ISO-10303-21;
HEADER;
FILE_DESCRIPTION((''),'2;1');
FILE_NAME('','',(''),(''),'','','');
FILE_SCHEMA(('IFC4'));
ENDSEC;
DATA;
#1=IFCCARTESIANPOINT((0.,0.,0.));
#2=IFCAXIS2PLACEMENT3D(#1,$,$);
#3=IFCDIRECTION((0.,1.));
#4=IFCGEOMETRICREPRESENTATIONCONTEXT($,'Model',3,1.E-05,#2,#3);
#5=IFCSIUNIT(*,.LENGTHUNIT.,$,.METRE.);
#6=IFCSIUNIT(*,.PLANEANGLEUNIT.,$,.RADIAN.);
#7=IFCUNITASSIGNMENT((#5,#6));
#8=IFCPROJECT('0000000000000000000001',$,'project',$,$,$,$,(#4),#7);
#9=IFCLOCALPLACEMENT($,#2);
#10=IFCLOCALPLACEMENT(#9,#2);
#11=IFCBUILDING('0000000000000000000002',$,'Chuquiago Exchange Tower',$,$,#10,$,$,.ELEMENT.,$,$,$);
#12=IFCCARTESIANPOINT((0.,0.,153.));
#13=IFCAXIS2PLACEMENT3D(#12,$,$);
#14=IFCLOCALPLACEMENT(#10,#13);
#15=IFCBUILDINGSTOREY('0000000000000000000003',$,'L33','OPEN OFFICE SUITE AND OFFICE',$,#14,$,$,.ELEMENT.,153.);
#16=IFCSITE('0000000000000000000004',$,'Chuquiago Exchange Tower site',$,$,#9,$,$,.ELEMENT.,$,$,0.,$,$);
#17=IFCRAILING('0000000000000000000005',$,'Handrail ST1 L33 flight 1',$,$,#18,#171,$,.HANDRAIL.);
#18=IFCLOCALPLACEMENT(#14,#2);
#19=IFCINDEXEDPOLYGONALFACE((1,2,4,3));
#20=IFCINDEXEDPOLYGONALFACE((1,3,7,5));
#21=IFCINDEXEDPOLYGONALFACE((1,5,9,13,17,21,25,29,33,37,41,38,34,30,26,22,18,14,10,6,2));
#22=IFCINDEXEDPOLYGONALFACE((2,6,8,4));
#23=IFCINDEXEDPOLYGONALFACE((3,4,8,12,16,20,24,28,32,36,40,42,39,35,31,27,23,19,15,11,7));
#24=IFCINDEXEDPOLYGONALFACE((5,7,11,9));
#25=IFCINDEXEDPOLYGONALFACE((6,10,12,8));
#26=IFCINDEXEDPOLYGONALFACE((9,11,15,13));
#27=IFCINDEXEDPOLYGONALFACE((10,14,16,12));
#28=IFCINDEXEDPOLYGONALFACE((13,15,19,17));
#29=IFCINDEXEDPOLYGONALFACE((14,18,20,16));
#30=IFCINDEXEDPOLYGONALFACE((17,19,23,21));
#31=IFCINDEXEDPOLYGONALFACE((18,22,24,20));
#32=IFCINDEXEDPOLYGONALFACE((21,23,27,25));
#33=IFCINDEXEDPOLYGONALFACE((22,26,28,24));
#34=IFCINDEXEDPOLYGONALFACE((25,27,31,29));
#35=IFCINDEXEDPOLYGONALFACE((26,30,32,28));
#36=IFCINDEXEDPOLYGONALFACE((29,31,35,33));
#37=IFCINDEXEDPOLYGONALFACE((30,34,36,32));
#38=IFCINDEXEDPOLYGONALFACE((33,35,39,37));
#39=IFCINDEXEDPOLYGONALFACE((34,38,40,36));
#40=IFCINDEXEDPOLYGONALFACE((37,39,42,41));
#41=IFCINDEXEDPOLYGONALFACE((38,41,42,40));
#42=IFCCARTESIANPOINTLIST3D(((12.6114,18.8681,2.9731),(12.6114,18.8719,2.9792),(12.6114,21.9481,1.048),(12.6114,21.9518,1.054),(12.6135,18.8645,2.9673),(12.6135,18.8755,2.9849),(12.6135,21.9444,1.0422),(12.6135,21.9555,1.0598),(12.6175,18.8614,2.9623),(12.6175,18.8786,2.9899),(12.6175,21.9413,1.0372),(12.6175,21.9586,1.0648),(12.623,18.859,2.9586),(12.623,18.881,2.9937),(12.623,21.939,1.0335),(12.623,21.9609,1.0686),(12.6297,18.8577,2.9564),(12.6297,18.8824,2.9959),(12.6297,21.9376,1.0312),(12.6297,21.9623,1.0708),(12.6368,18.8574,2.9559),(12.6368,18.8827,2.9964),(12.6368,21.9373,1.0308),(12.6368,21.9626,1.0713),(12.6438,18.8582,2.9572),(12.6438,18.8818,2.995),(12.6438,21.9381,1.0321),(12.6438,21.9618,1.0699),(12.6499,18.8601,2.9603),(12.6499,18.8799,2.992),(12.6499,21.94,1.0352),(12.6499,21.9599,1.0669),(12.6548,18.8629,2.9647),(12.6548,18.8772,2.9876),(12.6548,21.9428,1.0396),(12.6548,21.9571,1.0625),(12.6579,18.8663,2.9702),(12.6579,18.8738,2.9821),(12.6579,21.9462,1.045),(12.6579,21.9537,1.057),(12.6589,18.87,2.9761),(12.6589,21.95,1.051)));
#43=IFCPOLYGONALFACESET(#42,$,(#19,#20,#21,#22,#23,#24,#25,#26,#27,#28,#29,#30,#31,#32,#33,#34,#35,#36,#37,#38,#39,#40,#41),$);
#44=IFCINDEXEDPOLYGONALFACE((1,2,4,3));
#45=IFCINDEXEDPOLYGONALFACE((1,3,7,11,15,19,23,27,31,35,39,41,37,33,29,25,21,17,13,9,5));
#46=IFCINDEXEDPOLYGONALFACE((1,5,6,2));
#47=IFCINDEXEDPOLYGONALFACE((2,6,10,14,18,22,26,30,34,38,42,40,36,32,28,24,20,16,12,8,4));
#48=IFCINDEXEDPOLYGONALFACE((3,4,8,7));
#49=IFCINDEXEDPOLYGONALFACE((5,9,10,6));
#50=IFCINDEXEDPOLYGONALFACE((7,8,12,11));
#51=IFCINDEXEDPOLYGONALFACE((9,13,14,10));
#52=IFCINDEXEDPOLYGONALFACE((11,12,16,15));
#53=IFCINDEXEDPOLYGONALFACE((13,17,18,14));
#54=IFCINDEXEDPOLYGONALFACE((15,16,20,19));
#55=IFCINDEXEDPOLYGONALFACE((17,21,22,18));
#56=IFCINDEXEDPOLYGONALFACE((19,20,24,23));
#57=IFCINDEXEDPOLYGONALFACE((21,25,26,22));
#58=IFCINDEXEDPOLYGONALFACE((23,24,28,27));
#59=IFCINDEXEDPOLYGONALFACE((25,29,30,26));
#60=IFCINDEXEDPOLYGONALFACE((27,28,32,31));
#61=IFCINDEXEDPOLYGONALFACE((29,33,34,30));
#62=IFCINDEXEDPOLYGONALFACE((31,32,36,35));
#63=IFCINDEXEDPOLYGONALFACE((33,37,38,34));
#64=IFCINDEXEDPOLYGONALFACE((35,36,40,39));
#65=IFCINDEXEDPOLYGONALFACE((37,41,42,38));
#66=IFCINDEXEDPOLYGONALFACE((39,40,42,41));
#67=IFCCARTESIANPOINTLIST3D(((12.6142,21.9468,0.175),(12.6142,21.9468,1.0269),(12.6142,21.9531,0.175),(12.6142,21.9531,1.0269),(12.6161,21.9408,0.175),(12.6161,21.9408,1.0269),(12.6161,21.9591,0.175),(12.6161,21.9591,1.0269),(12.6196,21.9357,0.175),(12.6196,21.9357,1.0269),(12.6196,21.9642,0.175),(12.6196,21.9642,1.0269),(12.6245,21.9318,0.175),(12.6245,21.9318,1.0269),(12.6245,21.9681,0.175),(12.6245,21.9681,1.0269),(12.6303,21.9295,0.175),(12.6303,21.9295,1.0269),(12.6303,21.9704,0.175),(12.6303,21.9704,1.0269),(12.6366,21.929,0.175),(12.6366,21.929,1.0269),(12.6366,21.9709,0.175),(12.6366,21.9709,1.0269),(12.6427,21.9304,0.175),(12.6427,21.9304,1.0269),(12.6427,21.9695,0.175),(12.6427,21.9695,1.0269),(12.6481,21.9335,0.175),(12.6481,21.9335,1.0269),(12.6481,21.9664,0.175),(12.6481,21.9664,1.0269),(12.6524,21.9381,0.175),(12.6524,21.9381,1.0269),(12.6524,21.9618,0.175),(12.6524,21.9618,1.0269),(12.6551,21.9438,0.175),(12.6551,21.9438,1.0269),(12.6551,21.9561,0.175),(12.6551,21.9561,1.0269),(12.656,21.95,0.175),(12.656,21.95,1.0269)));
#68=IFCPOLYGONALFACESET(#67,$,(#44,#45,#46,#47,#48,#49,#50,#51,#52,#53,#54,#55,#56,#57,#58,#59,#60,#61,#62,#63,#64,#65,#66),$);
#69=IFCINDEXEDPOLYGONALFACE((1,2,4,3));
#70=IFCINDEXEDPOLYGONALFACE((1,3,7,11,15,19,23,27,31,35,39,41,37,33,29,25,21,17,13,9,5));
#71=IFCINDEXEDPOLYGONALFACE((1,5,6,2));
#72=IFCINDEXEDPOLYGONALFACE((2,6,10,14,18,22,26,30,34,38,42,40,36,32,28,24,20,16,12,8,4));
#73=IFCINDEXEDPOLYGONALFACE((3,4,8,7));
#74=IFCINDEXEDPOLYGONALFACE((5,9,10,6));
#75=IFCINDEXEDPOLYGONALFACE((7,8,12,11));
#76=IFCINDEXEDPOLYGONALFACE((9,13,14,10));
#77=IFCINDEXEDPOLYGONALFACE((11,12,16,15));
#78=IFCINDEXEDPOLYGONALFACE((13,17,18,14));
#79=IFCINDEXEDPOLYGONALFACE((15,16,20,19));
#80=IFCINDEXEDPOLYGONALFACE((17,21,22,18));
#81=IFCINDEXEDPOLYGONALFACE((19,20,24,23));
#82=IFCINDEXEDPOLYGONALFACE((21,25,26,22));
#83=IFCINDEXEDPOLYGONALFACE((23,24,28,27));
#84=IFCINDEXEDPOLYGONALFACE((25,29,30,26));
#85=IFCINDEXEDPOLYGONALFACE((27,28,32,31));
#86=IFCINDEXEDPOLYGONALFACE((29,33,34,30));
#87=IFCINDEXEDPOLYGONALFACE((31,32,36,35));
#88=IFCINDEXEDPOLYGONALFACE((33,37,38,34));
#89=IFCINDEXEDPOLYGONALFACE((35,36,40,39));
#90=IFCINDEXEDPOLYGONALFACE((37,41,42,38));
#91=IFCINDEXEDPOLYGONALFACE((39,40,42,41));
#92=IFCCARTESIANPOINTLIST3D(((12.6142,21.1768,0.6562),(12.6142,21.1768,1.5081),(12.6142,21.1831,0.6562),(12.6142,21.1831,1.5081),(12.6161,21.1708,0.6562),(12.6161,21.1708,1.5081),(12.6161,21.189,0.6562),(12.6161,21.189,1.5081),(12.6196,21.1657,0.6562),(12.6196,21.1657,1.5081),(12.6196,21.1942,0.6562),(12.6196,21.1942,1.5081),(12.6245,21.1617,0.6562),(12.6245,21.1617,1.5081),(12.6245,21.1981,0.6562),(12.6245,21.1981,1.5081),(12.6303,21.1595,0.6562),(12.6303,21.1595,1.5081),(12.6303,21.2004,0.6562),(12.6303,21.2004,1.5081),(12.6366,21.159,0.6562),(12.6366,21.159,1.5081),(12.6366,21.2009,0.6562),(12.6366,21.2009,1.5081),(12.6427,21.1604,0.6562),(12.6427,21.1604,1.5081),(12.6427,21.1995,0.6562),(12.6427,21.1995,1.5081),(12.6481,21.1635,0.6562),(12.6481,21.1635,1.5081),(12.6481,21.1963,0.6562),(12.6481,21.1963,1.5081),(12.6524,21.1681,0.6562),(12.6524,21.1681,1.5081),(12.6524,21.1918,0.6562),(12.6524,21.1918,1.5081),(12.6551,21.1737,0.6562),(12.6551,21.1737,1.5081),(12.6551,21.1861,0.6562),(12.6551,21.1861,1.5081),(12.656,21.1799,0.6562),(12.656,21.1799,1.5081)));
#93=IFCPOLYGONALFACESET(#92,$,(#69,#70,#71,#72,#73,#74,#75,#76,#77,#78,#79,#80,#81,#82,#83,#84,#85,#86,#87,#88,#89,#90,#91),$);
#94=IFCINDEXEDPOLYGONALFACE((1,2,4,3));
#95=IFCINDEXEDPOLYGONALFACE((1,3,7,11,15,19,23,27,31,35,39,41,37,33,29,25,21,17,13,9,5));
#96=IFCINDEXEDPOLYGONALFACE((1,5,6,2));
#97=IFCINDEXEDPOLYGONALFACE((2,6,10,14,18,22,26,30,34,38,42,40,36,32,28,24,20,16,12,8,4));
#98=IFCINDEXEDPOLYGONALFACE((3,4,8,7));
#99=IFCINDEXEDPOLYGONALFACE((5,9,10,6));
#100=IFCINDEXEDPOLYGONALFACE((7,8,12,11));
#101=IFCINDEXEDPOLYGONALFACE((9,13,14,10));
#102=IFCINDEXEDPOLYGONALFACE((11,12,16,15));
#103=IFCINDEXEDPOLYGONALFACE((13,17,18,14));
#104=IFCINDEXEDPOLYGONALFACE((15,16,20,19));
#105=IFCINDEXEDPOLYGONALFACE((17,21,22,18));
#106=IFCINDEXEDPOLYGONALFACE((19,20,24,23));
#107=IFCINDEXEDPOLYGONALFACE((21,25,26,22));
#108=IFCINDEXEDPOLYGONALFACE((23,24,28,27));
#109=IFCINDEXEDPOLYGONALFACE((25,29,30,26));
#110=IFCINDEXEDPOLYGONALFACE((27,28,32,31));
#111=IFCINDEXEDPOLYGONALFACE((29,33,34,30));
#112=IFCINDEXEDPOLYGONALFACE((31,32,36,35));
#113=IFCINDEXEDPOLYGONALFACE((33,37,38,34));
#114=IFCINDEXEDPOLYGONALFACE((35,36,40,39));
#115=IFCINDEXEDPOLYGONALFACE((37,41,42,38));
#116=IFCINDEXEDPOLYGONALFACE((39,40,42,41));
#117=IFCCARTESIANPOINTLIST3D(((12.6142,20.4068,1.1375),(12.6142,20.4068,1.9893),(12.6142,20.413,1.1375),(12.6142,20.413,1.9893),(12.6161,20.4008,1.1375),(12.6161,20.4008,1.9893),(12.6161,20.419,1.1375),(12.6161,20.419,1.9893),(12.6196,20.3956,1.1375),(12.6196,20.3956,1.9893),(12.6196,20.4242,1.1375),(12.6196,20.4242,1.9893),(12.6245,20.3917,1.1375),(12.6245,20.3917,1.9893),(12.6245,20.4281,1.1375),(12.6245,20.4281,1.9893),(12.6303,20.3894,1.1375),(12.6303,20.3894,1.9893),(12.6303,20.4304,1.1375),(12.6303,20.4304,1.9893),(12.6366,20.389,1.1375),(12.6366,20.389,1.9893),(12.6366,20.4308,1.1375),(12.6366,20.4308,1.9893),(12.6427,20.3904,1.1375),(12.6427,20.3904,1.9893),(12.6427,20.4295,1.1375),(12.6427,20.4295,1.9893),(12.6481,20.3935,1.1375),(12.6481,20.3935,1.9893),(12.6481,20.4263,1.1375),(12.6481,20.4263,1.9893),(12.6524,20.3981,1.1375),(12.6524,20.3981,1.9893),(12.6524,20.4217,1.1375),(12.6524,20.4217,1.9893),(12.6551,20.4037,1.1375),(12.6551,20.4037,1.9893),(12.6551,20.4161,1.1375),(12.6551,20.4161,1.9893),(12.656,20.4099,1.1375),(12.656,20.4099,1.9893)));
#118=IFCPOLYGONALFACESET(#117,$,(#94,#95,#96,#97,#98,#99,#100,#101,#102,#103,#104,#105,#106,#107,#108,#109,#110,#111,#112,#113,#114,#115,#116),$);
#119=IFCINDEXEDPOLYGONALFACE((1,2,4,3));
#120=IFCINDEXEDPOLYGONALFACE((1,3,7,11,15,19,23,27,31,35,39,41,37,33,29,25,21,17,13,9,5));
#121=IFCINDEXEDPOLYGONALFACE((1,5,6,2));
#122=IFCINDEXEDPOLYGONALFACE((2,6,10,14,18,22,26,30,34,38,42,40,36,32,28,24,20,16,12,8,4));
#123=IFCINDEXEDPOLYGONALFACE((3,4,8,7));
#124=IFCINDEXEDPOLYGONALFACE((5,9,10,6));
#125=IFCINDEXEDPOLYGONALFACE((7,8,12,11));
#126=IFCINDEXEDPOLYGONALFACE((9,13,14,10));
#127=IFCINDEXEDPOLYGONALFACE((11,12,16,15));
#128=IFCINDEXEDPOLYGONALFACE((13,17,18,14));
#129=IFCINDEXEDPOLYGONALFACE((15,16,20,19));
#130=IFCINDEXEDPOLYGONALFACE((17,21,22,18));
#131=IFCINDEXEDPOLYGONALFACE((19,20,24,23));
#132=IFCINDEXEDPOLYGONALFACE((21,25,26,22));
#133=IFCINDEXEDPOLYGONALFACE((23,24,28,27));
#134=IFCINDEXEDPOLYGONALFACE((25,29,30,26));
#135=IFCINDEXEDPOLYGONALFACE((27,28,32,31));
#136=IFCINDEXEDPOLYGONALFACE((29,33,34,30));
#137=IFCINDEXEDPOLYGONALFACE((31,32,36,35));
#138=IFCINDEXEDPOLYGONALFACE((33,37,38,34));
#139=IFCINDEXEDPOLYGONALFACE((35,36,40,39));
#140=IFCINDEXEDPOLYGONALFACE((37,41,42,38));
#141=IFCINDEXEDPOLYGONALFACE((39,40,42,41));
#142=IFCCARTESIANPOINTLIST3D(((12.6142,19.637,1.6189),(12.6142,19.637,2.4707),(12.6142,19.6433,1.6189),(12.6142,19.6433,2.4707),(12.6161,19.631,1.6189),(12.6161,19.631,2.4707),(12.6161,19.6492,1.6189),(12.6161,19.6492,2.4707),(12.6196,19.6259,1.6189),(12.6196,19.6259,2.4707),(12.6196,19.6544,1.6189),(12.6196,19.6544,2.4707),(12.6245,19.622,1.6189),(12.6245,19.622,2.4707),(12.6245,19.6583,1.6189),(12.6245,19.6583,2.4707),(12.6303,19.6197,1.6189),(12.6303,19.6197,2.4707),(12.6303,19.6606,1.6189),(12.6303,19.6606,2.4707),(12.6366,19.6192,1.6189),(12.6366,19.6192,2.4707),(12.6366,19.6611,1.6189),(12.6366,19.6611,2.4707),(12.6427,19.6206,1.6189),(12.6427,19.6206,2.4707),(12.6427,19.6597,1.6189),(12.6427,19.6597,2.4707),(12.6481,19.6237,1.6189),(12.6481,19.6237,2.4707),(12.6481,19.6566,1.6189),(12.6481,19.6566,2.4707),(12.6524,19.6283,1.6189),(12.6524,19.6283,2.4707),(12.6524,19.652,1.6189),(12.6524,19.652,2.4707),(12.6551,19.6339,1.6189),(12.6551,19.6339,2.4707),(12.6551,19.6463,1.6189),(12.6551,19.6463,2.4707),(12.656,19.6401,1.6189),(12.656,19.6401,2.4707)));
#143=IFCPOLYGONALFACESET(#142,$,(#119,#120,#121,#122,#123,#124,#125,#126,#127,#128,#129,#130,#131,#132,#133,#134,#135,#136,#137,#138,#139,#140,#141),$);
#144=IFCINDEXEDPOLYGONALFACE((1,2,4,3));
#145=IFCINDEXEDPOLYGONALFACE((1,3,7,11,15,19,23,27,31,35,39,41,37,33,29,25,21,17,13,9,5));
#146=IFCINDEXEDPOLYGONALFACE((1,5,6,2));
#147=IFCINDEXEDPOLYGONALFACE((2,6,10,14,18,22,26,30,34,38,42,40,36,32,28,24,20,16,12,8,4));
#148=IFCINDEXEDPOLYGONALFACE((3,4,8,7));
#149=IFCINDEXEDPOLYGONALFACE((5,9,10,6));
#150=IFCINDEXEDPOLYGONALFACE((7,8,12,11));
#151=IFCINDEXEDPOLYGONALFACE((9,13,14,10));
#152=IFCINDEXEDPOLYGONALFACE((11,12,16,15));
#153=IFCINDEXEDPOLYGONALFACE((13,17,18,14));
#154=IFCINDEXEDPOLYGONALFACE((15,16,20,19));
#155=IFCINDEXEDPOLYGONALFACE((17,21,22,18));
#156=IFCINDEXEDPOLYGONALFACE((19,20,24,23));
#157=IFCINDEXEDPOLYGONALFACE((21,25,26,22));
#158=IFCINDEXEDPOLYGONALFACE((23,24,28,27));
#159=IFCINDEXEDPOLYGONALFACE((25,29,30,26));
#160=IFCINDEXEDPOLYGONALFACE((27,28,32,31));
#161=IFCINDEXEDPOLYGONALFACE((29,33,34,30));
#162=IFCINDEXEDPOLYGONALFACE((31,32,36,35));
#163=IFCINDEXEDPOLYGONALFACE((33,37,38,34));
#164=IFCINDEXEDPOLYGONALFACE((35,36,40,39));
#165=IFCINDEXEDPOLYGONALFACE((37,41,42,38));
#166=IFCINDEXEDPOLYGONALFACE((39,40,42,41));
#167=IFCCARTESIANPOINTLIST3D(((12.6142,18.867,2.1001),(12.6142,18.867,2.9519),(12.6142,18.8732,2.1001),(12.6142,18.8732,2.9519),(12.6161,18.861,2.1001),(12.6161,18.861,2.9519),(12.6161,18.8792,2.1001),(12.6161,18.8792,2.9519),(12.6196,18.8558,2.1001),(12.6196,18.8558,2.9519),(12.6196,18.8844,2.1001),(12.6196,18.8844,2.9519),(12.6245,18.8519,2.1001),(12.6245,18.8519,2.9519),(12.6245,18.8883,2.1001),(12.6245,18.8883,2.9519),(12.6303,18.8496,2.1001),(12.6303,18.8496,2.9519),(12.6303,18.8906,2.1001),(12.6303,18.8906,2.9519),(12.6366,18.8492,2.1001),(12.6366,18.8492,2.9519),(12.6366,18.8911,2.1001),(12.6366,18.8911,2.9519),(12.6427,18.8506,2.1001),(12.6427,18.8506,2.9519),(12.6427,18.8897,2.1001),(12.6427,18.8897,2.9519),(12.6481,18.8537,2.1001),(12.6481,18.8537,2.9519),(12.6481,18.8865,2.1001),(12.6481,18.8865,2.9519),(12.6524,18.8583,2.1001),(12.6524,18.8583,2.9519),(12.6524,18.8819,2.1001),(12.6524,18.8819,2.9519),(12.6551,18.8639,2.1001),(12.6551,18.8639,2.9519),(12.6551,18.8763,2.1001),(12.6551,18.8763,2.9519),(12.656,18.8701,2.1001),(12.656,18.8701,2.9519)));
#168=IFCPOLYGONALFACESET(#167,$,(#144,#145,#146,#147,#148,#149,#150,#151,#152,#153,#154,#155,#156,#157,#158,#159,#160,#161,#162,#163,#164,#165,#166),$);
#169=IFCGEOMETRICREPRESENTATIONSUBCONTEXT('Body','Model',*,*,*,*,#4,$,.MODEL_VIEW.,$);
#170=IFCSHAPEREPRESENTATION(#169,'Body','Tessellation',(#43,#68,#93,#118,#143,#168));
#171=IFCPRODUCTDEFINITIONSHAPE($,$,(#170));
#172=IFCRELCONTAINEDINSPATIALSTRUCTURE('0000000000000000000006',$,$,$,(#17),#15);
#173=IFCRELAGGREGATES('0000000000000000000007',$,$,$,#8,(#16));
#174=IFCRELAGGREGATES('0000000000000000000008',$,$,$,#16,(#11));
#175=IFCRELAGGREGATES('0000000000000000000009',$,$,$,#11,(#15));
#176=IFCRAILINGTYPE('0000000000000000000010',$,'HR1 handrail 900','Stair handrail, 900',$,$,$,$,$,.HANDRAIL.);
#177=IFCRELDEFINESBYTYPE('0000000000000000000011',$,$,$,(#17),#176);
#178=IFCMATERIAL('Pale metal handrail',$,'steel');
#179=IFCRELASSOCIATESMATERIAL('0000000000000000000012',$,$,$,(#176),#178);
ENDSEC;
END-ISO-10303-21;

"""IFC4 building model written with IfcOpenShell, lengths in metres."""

from ifc_helpers import new_model, si_unit, direction, frame, origin, origin_2d, place, context, subcontext, project, spatial, circle, extrude, material, type_object, element, save


model = new_model("IFC4")

# Units and contexts
model_context = context("Model", 3, precision=1e-05, world=origin(), true_north=direction((0.0, 1.0)))
body_context = subcontext(model_context, "Body", "Model", "MODEL_VIEW")
ifc_project = project(units=[si_unit("LENGTHUNIT", "METRE"), si_unit("PLANEANGLEUNIT", "RADIAN")], contexts=[model_context])

# Site, building, storey
site_placement = place(None, origin())
site = spatial("IfcSite", under=ifc_project, at=site_placement, Name="Chuquiago Exchange Tower site", CompositionType="ELEMENT", RefElevation=0.0)
building_placement = place(site_placement, origin())
building = spatial("IfcBuilding", under=site, at=building_placement, Name="Chuquiago Exchange Tower", CompositionType="ELEMENT")
storey_placement = place(building_placement, frame((0.0, 0.0, 153.0)))
storey = spatial("IfcBuildingStorey", under=building, at=storey_placement, Name="L33", Description="OPEN OFFICE SUITE AND OFFICE", CompositionType="ELEMENT", Elevation=153.0)

# Railing
ifc_material_1 = material(Name="Pale metal handrail", Category="steel")
railing_type = type_object("IfcRailingType", Name="HR1 handrail 900", Description="Stair handrail, 900", PredefinedType="HANDRAIL", material=ifc_material_1)
for number, where, name in (
    (1, (12.635, 21.95, 0.175), "Handrail ST1 L33 flight 1"),
):
    element("IfcRailing", number, at=place(storey_placement, frame(where)), inside=storey, type_object=railing_type, Name=name, PredefinedType="HANDRAIL", context=body_context, shape_type="SweptSolid", body=[
        extrude(circle(Radius=0.0239, at=origin_2d()), frame((0.0, 0.0, 0.876), z_axis=(0.0, -0.847979, 0.530029), x_axis=(1.0, 0.0, 0.0)), (0.0, 0.0, 1.0), 3.6321),
        extrude(circle(Radius=0.021, at=origin_2d()), origin(), (0.0, 0.0, 1.0), 0.8518),
        extrude(circle(Radius=0.021, at=origin_2d()), frame((0.0, -0.77, 0.4812)), (0.0, 0.0, 1.0), 0.8518),
        extrude(circle(Radius=0.021, at=origin_2d()), frame((0.0, -1.54, 0.9624)), (0.0, 0.0, 1.0), 0.8518),
        extrude(circle(Radius=0.021, at=origin_2d()), frame((0.0, -2.3098, 1.4438)), (0.0, 0.0, 1.0), 0.8518),
        extrude(circle(Radius=0.021, at=origin_2d()), frame((0.0, -3.0798, 1.925)), (0.0, 0.0, 1.0), 0.8518),
    ])

save(model, "model.ifc")
